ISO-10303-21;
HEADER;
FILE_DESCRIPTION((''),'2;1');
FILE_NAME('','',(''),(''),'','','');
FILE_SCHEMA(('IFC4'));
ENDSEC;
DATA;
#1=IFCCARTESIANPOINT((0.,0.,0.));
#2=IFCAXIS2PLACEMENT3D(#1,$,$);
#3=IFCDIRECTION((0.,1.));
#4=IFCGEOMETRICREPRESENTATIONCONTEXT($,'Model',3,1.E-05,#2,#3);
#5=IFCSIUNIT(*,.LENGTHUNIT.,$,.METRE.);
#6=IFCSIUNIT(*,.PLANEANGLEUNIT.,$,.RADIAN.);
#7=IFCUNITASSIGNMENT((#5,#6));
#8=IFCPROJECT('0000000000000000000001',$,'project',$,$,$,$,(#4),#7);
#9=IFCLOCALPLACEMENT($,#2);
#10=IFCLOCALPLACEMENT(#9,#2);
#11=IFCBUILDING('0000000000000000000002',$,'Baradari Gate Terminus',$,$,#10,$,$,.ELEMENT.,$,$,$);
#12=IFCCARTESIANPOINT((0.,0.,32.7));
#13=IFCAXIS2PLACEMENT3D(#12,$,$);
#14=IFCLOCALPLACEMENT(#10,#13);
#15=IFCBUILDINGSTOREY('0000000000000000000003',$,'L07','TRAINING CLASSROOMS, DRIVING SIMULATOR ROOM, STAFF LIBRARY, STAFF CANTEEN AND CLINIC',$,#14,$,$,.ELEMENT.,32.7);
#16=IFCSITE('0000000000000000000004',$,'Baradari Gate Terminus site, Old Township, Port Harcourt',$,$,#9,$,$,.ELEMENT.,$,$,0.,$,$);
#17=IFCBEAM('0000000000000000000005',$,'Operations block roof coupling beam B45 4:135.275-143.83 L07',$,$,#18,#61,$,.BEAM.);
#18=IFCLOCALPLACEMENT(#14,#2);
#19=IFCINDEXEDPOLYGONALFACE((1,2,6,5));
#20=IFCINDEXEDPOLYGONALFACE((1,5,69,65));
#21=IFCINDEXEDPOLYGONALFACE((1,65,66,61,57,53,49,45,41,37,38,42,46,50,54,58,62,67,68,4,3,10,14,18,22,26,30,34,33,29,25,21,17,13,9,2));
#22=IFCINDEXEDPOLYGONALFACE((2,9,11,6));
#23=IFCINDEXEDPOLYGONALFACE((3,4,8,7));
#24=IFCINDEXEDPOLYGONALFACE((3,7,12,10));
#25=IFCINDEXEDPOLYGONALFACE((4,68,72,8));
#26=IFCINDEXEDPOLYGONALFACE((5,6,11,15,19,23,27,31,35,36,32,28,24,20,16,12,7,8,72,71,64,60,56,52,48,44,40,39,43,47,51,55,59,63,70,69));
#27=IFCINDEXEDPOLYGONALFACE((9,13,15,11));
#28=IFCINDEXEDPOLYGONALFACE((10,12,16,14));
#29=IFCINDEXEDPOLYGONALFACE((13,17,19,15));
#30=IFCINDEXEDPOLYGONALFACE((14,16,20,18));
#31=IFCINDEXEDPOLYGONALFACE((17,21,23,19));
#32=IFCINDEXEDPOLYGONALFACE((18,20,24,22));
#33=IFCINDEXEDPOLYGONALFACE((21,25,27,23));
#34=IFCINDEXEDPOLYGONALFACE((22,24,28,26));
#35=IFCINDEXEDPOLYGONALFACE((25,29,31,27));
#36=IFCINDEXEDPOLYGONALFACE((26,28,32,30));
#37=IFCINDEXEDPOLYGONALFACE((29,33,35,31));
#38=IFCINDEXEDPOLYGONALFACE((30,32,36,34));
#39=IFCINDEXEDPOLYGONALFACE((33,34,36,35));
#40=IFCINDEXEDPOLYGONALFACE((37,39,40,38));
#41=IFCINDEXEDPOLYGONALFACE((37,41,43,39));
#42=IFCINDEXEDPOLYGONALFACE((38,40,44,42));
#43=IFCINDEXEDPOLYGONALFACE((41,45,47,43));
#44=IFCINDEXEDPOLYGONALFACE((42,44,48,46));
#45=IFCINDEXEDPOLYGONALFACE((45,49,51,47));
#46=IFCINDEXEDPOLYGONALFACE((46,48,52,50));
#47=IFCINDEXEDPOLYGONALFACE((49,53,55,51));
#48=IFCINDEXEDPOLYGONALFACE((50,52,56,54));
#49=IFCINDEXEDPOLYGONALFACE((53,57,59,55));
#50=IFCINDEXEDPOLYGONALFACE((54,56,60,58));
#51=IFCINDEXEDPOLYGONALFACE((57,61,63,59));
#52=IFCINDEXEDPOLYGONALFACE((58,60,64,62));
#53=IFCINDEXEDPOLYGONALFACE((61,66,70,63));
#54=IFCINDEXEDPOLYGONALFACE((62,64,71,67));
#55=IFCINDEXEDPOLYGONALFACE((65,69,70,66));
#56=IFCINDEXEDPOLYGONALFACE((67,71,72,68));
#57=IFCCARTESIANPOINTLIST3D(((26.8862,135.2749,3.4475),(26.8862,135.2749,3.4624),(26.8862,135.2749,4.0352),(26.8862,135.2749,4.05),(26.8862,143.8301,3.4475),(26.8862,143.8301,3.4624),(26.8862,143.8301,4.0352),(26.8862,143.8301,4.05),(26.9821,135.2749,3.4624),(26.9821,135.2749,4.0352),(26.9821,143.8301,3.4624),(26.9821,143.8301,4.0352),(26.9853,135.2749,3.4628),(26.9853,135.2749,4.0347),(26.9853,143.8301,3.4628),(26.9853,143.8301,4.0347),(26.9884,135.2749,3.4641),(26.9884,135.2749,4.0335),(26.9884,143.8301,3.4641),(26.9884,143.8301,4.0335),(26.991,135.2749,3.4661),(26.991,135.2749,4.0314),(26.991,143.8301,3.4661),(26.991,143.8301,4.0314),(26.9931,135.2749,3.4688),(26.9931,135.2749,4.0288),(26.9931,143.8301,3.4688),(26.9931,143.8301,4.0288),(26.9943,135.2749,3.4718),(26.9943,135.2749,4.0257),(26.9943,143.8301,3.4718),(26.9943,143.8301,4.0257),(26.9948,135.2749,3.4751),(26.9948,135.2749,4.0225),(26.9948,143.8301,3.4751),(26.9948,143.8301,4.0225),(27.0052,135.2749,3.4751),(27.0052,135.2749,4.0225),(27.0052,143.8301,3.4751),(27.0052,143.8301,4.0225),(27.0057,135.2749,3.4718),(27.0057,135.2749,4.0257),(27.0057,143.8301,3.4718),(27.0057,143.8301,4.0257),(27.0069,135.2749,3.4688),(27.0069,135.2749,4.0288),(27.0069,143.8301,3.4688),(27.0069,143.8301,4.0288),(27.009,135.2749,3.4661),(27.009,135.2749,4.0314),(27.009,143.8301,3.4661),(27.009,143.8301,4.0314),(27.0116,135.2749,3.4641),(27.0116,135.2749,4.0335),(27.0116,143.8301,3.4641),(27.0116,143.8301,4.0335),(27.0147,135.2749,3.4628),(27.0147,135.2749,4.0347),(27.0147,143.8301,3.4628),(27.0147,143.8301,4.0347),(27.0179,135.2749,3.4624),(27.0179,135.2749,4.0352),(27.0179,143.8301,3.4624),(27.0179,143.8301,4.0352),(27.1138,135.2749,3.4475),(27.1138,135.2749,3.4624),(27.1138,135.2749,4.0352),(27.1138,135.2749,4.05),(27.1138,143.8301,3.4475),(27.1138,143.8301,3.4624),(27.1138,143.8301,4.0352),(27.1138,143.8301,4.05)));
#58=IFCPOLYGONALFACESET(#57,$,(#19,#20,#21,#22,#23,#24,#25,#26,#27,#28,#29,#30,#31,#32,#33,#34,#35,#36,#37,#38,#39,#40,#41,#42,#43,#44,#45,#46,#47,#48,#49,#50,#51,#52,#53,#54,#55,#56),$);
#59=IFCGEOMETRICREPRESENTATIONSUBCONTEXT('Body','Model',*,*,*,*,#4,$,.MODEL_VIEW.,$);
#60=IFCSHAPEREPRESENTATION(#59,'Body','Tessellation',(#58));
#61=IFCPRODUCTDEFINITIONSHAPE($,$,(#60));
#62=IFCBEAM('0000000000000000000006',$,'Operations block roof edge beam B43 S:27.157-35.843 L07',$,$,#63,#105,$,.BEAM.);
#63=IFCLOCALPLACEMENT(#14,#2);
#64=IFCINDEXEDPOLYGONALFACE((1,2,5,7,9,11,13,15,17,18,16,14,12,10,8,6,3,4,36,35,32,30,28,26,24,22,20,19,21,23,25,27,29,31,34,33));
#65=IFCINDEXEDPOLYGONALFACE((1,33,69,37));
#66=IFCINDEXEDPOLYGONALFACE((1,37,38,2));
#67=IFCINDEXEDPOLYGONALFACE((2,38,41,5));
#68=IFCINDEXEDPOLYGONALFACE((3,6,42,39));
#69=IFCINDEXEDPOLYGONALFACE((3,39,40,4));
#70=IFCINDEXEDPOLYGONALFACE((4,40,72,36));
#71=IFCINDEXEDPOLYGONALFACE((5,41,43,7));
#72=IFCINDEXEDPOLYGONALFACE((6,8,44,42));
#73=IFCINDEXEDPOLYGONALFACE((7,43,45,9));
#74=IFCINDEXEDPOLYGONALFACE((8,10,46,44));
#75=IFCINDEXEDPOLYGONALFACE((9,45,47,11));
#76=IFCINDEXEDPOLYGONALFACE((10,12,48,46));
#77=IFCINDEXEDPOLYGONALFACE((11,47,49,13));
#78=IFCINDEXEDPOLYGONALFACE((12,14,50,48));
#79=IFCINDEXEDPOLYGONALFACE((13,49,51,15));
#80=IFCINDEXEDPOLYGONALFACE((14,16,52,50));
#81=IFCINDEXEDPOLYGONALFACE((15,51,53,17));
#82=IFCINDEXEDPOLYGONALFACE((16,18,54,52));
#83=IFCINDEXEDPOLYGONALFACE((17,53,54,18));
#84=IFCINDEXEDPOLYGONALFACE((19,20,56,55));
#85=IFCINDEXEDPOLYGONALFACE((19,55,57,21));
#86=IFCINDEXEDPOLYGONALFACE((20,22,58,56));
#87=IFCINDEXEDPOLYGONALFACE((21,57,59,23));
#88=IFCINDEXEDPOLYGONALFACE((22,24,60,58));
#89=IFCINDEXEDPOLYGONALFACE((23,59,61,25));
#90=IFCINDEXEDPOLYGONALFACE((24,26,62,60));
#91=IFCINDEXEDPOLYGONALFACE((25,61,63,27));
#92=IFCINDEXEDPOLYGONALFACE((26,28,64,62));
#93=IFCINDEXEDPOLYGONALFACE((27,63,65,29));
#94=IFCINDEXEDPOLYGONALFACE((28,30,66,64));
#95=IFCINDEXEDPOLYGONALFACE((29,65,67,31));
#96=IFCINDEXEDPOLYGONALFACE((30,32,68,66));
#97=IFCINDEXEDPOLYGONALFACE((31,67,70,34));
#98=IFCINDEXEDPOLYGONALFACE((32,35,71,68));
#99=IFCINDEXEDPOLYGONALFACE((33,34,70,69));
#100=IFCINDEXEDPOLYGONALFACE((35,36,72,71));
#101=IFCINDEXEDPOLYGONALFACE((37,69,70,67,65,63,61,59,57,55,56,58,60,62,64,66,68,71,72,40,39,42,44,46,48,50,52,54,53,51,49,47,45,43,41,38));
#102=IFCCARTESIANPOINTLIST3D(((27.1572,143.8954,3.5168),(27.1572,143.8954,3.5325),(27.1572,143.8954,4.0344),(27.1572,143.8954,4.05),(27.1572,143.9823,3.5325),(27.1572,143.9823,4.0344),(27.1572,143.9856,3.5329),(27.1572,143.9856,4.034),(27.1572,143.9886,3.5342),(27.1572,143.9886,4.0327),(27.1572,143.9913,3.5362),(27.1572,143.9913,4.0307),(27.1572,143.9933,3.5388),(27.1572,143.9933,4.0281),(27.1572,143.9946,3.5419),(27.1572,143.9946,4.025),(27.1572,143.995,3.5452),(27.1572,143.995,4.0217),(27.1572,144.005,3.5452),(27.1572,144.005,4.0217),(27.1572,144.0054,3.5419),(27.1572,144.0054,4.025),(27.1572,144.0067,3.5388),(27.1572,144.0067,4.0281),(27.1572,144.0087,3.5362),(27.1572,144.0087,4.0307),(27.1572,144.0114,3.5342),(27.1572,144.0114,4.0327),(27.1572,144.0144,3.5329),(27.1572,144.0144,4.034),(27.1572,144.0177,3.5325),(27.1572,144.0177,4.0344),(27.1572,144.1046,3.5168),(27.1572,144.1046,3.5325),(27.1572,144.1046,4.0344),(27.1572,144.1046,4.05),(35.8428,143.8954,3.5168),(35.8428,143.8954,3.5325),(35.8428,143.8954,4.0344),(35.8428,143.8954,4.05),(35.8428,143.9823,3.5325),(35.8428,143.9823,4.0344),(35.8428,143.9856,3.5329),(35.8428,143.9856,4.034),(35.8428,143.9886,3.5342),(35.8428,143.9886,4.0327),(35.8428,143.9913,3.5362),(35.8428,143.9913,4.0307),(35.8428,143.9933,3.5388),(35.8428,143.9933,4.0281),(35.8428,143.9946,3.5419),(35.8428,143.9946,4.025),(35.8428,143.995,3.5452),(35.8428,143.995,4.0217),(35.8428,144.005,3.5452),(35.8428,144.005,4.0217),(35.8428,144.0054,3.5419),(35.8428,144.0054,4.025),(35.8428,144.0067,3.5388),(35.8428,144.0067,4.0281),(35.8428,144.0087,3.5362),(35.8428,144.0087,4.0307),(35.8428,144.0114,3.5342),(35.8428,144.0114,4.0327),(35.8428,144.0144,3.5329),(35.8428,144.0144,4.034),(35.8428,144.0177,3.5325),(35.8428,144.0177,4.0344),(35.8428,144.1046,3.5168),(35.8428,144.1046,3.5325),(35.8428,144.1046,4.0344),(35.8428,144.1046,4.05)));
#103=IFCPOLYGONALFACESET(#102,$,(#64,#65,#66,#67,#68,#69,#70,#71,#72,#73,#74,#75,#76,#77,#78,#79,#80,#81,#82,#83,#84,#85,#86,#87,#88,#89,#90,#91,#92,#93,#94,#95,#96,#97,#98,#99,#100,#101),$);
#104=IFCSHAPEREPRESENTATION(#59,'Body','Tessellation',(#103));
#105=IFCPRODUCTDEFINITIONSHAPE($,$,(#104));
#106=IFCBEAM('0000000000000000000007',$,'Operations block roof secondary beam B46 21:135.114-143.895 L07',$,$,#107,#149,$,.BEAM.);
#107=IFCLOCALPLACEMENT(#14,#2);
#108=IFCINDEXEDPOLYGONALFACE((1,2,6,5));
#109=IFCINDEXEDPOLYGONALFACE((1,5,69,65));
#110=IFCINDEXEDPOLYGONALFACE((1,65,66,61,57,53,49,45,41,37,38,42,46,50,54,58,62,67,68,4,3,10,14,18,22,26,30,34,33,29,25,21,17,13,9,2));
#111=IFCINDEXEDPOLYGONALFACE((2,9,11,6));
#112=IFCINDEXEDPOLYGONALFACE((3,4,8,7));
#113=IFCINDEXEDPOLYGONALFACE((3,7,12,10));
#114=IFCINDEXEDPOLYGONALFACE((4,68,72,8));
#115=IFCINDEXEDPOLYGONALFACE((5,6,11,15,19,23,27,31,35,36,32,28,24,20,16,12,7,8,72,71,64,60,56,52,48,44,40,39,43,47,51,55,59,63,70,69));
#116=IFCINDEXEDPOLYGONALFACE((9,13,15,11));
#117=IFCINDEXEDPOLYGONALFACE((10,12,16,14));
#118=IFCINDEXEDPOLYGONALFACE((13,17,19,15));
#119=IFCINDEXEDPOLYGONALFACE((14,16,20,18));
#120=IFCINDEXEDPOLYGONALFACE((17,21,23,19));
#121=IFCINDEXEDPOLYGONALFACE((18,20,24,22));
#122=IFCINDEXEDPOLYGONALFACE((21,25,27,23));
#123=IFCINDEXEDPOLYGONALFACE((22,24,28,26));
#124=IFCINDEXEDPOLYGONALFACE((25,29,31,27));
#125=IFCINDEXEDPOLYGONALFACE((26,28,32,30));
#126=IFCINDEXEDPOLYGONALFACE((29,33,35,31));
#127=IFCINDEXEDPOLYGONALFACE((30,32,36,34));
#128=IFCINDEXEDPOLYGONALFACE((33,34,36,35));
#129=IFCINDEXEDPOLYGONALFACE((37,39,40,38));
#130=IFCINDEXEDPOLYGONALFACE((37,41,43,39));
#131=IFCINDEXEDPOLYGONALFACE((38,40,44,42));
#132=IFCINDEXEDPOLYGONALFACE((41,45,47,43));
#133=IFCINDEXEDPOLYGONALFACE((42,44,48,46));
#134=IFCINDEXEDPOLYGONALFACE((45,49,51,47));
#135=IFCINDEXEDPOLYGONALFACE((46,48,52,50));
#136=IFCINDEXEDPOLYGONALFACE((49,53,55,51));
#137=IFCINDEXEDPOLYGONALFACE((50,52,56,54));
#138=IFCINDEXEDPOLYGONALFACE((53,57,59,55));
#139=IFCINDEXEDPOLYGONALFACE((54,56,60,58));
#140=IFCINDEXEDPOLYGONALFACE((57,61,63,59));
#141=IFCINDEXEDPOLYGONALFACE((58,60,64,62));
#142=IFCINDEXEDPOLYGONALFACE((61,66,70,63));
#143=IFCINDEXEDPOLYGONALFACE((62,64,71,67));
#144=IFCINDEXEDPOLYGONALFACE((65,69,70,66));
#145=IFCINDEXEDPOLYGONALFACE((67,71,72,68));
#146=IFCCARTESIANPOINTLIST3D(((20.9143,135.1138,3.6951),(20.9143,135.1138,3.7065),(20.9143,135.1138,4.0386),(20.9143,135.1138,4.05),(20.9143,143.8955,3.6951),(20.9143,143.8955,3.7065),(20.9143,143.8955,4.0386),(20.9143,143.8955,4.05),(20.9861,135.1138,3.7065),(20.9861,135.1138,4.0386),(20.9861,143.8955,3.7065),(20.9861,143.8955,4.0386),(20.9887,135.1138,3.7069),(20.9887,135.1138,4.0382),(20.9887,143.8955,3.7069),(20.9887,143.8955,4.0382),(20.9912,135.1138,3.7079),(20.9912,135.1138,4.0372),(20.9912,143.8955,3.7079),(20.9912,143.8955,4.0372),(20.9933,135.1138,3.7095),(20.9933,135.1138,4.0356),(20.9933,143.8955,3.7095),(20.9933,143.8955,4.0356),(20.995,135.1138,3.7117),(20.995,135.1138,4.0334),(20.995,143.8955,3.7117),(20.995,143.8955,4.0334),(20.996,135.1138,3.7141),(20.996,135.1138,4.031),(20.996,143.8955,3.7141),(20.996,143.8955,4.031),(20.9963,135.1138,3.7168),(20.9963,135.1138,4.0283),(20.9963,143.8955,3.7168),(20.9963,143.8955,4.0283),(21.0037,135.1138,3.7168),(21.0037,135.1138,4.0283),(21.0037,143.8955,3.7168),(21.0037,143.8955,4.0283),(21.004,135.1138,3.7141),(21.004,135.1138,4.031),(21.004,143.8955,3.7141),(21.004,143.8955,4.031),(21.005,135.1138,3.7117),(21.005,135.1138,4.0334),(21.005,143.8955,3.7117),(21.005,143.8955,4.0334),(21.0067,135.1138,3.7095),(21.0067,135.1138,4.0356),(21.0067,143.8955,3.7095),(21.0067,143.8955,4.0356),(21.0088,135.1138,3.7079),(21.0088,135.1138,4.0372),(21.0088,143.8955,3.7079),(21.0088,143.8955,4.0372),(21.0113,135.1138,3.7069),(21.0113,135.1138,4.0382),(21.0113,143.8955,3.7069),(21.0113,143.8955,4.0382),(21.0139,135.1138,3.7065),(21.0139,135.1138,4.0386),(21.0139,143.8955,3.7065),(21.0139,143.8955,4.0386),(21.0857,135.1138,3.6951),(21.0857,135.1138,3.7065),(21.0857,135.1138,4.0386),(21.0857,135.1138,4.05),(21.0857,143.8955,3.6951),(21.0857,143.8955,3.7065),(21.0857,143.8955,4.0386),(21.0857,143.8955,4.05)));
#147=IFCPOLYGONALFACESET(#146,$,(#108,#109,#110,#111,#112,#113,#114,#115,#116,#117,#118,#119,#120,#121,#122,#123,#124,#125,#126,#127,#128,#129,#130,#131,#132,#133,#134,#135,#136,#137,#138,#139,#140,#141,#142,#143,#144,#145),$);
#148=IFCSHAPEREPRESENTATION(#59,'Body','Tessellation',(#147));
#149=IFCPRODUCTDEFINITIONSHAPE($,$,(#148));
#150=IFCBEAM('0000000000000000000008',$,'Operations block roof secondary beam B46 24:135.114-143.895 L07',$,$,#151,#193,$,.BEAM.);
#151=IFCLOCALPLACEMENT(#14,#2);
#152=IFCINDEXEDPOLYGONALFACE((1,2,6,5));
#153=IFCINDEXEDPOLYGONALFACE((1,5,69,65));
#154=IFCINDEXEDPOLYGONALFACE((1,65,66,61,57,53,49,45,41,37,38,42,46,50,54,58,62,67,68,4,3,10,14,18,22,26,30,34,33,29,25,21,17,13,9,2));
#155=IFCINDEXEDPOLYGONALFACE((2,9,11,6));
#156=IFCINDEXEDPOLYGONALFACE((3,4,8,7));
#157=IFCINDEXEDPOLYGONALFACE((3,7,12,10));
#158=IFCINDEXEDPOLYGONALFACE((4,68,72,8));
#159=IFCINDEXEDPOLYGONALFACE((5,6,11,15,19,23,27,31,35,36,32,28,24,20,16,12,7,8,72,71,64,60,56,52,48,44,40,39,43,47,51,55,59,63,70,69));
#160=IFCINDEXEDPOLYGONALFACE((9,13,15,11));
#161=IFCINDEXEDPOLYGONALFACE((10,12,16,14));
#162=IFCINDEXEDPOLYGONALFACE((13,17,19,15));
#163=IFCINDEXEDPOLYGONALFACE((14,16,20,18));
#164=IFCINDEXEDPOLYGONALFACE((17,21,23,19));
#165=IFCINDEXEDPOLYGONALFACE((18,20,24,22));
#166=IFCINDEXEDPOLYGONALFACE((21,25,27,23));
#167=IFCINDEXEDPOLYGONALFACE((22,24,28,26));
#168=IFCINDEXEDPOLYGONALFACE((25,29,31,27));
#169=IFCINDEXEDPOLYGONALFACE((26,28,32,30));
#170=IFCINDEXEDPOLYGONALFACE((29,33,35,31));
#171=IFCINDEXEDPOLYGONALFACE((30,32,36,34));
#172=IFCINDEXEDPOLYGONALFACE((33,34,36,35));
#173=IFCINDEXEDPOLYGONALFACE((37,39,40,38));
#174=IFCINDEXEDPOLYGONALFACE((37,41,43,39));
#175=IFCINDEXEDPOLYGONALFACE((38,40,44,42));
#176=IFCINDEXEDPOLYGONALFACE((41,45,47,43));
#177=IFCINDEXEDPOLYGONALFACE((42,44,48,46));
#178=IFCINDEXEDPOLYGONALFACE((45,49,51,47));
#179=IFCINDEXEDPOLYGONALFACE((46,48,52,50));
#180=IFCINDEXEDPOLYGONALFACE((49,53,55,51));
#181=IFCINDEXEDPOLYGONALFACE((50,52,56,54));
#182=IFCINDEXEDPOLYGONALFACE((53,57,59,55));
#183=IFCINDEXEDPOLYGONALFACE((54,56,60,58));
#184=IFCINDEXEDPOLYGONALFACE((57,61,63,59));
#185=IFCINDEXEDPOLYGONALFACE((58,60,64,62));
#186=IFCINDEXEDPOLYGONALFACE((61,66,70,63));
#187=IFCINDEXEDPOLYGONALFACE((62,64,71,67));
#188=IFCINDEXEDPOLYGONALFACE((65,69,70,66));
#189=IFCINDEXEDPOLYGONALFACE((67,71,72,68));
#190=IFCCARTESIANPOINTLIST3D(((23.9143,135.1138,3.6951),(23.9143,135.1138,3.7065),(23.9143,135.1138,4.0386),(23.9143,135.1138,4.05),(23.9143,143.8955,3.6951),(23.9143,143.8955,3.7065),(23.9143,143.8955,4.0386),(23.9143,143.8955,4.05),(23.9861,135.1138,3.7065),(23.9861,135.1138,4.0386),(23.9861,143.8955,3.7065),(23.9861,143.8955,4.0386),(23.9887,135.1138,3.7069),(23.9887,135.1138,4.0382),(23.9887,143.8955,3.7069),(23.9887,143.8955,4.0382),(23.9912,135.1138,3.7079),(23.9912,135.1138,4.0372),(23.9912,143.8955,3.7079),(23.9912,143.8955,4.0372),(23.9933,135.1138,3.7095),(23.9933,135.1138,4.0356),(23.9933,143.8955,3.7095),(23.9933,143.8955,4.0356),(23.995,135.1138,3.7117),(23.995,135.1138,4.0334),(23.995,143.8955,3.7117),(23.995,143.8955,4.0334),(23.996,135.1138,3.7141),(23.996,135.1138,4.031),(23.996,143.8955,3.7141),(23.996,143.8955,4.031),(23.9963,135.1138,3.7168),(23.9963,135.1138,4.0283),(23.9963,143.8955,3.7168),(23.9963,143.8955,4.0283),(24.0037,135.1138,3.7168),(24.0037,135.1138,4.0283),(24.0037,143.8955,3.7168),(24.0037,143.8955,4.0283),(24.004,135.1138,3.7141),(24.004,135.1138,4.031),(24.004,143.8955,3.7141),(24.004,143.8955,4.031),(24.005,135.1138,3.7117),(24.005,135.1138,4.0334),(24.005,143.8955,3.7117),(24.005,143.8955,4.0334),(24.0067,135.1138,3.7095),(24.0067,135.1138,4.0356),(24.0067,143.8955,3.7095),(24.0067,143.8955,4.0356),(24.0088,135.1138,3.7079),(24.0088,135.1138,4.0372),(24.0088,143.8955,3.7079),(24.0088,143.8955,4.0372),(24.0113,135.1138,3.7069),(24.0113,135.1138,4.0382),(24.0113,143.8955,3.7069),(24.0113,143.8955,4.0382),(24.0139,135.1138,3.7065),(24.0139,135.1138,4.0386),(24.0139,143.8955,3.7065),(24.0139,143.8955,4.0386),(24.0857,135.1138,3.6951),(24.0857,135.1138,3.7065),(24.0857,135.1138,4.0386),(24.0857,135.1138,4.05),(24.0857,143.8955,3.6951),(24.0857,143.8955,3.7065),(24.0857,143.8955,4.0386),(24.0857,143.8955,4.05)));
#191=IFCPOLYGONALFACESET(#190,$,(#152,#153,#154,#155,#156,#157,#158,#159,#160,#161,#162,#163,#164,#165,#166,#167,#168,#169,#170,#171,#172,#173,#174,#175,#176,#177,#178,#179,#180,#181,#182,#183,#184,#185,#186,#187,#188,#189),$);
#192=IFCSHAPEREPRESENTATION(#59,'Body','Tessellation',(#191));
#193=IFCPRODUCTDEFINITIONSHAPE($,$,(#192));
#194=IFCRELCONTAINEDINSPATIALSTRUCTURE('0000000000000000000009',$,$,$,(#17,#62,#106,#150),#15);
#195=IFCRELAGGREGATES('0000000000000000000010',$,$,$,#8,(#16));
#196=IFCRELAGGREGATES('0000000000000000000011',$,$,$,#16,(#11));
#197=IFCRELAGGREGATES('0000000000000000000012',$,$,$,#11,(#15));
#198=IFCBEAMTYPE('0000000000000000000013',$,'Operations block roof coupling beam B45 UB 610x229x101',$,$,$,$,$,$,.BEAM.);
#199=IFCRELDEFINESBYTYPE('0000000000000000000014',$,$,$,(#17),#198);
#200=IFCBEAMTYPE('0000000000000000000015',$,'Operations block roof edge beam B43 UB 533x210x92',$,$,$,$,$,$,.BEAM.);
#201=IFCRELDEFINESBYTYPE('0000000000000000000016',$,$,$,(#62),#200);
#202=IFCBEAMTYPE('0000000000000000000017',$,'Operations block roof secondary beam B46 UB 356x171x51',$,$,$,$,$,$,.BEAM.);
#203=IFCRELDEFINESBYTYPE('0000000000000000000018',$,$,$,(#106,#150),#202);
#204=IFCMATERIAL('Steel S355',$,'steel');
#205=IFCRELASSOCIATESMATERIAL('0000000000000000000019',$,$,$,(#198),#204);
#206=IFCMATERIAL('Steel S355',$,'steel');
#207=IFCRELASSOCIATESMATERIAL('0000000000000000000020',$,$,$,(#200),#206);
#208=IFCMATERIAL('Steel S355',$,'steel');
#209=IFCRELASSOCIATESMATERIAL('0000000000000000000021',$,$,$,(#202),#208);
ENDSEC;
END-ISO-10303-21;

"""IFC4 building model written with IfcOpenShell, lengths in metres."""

from ifc_helpers import new_model, si_unit, direction, frame, origin, origin_2d, place, context, subcontext, project, spatial, i_section, extrude, material, material_profile, profile_set, type_object, element, save


model = new_model("IFC4")

# Units and contexts
model_context = context("Model", 3, precision=1e-05, world=origin(), true_north=direction((0.0, 1.0)))
body_context = subcontext(model_context, "Body", "Model", "MODEL_VIEW")
ifc_project = project(units=[si_unit("LENGTHUNIT", "METRE"), si_unit("PLANEANGLEUNIT", "RADIAN")], contexts=[model_context])

# Site, building, storey
site_placement = place(None, origin())
site = spatial("IfcSite", under=ifc_project, at=site_placement, Name="Baradari Gate Terminus site, Old Township, Port Harcourt", CompositionType="ELEMENT", RefElevation=0.0)
building_placement = place(site_placement, origin())
building = spatial("IfcBuilding", under=site, at=building_placement, Name="Baradari Gate Terminus", CompositionType="ELEMENT")
storey_placement = place(building_placement, frame((0.0, 0.0, 32.7)))
storey = spatial("IfcBuildingStorey", under=building, at=storey_placement, Name="L07", Description="TRAINING CLASSROOMS, DRIVING SIMULATOR ROOM, STAFF LIBRARY, STAFF CANTEEN AND CLINIC", CompositionType="ELEMENT", Elevation=32.7)

# Beams
ifc_material_1 = material(Name="Steel S355", Category="steel")
ifc_material_profile_1 = material_profile(ifc_material_1, i_section(OverallWidth=0.2275, OverallDepth=0.6025, WebThickness=0.0105, FlangeThickness=0.0149, FilletRadius=0.0127, at=origin_2d()), Name="UB 610x229x101")
ifc_profile_set_1 = profile_set([ifc_material_profile_1], Name="Steel S355")
beam_type_1 = type_object("IfcBeamType", Name="Operations block roof coupling beam B45 UB 610x229x101", PredefinedType="BEAM", material=ifc_profile_set_1)
beam_1_placement = place(storey_placement, frame((27.0, 135.2749, 3.7488), z_axis=(0.0, 1.0, 0.0), x_axis=(-1.0, 0.0, 0.0)))
element("IfcBeam", 1, at=beam_1_placement, inside=storey, type_object=beam_type_1, Name="Operations block roof coupling beam B45 4:135.275-143.83 L07", PredefinedType="BEAM", context=body_context, shape_type="SweptSolid", body=[
    extrude(i_section(OverallWidth=0.2275, OverallDepth=0.6025, WebThickness=0.0105, FlangeThickness=0.0149, FilletRadius=0.0127, at=origin_2d()), origin(), (0.0, 0.0, 1.0), 8.5552),
])
ifc_material_2 = material(Name="Steel S355", Category="steel")
ifc_material_profile_2 = material_profile(ifc_material_2, i_section(OverallWidth=0.2092, OverallDepth=0.5332, WebThickness=0.01, FlangeThickness=0.0156, FilletRadius=0.0127, at=origin_2d()), Name="UB 533x210x92")
ifc_profile_set_2 = profile_set([ifc_material_profile_2], Name="Steel S355")
beam_type_2 = type_object("IfcBeamType", Name="Operations block roof edge beam B43 UB 533x210x92", PredefinedType="BEAM", material=ifc_profile_set_2)
beam_2_placement = place(storey_placement, frame((27.1572, 144.0, 3.7834), z_axis=(1.0, 0.0, 0.0), x_axis=(0.0, 1.0, 0.0)))
element("IfcBeam", 2, at=beam_2_placement, inside=storey, type_object=beam_type_2, Name="Operations block roof edge beam B43 S:27.157-35.843 L07", PredefinedType="BEAM", context=body_context, shape_type="SweptSolid", body=[
    extrude(i_section(OverallWidth=0.2092, OverallDepth=0.5332, WebThickness=0.01, FlangeThickness=0.0156, FilletRadius=0.0127, at=origin_2d()), origin(), (0.0, 0.0, 1.0), 8.6855),
])
ifc_material_3 = material(Name="Steel S355", Category="steel")
ifc_material_profile_3 = material_profile(ifc_material_3, i_section(OverallWidth=0.1714, OverallDepth=0.355, WebThickness=0.0073, FlangeThickness=0.0115, FilletRadius=0.0103, at=origin_2d()), Name="UB 356x171x51")
ifc_profile_set_3 = profile_set([ifc_material_profile_3], Name="Steel S355")
beam_type_3 = type_object("IfcBeamType", Name="Operations block roof secondary beam B46 UB 356x171x51", PredefinedType="BEAM", material=ifc_profile_set_3)
for number, where, z_axis, x_axis, name in (
    (3, (21.0, 135.1138, 3.8726), (0.0, 1.0, 0.0), (-1.0, 0.0, 0.0), "Operations block roof secondary beam B46 21:135.114-143.895 L07"),
    (4, (24.0, 135.1138, 3.8726), (0.0, 1.0, 0.0), (-1.0, 0.0, 0.0), "Operations block roof secondary beam B46 24:135.114-143.895 L07"),
):
    element("IfcBeam", number, at=place(storey_placement, frame(where, z_axis=z_axis, x_axis=x_axis)), inside=storey, type_object=beam_type_3, Name=name, PredefinedType="BEAM", context=body_context, shape_type="SweptSolid", body=[
        extrude(i_section(OverallWidth=0.1714, OverallDepth=0.355, WebThickness=0.0073, FlangeThickness=0.0115, FilletRadius=0.0103, at=origin_2d()), origin(), (0.0, 0.0, 1.0), 8.7817),
    ])

save(model, "model.ifc")
